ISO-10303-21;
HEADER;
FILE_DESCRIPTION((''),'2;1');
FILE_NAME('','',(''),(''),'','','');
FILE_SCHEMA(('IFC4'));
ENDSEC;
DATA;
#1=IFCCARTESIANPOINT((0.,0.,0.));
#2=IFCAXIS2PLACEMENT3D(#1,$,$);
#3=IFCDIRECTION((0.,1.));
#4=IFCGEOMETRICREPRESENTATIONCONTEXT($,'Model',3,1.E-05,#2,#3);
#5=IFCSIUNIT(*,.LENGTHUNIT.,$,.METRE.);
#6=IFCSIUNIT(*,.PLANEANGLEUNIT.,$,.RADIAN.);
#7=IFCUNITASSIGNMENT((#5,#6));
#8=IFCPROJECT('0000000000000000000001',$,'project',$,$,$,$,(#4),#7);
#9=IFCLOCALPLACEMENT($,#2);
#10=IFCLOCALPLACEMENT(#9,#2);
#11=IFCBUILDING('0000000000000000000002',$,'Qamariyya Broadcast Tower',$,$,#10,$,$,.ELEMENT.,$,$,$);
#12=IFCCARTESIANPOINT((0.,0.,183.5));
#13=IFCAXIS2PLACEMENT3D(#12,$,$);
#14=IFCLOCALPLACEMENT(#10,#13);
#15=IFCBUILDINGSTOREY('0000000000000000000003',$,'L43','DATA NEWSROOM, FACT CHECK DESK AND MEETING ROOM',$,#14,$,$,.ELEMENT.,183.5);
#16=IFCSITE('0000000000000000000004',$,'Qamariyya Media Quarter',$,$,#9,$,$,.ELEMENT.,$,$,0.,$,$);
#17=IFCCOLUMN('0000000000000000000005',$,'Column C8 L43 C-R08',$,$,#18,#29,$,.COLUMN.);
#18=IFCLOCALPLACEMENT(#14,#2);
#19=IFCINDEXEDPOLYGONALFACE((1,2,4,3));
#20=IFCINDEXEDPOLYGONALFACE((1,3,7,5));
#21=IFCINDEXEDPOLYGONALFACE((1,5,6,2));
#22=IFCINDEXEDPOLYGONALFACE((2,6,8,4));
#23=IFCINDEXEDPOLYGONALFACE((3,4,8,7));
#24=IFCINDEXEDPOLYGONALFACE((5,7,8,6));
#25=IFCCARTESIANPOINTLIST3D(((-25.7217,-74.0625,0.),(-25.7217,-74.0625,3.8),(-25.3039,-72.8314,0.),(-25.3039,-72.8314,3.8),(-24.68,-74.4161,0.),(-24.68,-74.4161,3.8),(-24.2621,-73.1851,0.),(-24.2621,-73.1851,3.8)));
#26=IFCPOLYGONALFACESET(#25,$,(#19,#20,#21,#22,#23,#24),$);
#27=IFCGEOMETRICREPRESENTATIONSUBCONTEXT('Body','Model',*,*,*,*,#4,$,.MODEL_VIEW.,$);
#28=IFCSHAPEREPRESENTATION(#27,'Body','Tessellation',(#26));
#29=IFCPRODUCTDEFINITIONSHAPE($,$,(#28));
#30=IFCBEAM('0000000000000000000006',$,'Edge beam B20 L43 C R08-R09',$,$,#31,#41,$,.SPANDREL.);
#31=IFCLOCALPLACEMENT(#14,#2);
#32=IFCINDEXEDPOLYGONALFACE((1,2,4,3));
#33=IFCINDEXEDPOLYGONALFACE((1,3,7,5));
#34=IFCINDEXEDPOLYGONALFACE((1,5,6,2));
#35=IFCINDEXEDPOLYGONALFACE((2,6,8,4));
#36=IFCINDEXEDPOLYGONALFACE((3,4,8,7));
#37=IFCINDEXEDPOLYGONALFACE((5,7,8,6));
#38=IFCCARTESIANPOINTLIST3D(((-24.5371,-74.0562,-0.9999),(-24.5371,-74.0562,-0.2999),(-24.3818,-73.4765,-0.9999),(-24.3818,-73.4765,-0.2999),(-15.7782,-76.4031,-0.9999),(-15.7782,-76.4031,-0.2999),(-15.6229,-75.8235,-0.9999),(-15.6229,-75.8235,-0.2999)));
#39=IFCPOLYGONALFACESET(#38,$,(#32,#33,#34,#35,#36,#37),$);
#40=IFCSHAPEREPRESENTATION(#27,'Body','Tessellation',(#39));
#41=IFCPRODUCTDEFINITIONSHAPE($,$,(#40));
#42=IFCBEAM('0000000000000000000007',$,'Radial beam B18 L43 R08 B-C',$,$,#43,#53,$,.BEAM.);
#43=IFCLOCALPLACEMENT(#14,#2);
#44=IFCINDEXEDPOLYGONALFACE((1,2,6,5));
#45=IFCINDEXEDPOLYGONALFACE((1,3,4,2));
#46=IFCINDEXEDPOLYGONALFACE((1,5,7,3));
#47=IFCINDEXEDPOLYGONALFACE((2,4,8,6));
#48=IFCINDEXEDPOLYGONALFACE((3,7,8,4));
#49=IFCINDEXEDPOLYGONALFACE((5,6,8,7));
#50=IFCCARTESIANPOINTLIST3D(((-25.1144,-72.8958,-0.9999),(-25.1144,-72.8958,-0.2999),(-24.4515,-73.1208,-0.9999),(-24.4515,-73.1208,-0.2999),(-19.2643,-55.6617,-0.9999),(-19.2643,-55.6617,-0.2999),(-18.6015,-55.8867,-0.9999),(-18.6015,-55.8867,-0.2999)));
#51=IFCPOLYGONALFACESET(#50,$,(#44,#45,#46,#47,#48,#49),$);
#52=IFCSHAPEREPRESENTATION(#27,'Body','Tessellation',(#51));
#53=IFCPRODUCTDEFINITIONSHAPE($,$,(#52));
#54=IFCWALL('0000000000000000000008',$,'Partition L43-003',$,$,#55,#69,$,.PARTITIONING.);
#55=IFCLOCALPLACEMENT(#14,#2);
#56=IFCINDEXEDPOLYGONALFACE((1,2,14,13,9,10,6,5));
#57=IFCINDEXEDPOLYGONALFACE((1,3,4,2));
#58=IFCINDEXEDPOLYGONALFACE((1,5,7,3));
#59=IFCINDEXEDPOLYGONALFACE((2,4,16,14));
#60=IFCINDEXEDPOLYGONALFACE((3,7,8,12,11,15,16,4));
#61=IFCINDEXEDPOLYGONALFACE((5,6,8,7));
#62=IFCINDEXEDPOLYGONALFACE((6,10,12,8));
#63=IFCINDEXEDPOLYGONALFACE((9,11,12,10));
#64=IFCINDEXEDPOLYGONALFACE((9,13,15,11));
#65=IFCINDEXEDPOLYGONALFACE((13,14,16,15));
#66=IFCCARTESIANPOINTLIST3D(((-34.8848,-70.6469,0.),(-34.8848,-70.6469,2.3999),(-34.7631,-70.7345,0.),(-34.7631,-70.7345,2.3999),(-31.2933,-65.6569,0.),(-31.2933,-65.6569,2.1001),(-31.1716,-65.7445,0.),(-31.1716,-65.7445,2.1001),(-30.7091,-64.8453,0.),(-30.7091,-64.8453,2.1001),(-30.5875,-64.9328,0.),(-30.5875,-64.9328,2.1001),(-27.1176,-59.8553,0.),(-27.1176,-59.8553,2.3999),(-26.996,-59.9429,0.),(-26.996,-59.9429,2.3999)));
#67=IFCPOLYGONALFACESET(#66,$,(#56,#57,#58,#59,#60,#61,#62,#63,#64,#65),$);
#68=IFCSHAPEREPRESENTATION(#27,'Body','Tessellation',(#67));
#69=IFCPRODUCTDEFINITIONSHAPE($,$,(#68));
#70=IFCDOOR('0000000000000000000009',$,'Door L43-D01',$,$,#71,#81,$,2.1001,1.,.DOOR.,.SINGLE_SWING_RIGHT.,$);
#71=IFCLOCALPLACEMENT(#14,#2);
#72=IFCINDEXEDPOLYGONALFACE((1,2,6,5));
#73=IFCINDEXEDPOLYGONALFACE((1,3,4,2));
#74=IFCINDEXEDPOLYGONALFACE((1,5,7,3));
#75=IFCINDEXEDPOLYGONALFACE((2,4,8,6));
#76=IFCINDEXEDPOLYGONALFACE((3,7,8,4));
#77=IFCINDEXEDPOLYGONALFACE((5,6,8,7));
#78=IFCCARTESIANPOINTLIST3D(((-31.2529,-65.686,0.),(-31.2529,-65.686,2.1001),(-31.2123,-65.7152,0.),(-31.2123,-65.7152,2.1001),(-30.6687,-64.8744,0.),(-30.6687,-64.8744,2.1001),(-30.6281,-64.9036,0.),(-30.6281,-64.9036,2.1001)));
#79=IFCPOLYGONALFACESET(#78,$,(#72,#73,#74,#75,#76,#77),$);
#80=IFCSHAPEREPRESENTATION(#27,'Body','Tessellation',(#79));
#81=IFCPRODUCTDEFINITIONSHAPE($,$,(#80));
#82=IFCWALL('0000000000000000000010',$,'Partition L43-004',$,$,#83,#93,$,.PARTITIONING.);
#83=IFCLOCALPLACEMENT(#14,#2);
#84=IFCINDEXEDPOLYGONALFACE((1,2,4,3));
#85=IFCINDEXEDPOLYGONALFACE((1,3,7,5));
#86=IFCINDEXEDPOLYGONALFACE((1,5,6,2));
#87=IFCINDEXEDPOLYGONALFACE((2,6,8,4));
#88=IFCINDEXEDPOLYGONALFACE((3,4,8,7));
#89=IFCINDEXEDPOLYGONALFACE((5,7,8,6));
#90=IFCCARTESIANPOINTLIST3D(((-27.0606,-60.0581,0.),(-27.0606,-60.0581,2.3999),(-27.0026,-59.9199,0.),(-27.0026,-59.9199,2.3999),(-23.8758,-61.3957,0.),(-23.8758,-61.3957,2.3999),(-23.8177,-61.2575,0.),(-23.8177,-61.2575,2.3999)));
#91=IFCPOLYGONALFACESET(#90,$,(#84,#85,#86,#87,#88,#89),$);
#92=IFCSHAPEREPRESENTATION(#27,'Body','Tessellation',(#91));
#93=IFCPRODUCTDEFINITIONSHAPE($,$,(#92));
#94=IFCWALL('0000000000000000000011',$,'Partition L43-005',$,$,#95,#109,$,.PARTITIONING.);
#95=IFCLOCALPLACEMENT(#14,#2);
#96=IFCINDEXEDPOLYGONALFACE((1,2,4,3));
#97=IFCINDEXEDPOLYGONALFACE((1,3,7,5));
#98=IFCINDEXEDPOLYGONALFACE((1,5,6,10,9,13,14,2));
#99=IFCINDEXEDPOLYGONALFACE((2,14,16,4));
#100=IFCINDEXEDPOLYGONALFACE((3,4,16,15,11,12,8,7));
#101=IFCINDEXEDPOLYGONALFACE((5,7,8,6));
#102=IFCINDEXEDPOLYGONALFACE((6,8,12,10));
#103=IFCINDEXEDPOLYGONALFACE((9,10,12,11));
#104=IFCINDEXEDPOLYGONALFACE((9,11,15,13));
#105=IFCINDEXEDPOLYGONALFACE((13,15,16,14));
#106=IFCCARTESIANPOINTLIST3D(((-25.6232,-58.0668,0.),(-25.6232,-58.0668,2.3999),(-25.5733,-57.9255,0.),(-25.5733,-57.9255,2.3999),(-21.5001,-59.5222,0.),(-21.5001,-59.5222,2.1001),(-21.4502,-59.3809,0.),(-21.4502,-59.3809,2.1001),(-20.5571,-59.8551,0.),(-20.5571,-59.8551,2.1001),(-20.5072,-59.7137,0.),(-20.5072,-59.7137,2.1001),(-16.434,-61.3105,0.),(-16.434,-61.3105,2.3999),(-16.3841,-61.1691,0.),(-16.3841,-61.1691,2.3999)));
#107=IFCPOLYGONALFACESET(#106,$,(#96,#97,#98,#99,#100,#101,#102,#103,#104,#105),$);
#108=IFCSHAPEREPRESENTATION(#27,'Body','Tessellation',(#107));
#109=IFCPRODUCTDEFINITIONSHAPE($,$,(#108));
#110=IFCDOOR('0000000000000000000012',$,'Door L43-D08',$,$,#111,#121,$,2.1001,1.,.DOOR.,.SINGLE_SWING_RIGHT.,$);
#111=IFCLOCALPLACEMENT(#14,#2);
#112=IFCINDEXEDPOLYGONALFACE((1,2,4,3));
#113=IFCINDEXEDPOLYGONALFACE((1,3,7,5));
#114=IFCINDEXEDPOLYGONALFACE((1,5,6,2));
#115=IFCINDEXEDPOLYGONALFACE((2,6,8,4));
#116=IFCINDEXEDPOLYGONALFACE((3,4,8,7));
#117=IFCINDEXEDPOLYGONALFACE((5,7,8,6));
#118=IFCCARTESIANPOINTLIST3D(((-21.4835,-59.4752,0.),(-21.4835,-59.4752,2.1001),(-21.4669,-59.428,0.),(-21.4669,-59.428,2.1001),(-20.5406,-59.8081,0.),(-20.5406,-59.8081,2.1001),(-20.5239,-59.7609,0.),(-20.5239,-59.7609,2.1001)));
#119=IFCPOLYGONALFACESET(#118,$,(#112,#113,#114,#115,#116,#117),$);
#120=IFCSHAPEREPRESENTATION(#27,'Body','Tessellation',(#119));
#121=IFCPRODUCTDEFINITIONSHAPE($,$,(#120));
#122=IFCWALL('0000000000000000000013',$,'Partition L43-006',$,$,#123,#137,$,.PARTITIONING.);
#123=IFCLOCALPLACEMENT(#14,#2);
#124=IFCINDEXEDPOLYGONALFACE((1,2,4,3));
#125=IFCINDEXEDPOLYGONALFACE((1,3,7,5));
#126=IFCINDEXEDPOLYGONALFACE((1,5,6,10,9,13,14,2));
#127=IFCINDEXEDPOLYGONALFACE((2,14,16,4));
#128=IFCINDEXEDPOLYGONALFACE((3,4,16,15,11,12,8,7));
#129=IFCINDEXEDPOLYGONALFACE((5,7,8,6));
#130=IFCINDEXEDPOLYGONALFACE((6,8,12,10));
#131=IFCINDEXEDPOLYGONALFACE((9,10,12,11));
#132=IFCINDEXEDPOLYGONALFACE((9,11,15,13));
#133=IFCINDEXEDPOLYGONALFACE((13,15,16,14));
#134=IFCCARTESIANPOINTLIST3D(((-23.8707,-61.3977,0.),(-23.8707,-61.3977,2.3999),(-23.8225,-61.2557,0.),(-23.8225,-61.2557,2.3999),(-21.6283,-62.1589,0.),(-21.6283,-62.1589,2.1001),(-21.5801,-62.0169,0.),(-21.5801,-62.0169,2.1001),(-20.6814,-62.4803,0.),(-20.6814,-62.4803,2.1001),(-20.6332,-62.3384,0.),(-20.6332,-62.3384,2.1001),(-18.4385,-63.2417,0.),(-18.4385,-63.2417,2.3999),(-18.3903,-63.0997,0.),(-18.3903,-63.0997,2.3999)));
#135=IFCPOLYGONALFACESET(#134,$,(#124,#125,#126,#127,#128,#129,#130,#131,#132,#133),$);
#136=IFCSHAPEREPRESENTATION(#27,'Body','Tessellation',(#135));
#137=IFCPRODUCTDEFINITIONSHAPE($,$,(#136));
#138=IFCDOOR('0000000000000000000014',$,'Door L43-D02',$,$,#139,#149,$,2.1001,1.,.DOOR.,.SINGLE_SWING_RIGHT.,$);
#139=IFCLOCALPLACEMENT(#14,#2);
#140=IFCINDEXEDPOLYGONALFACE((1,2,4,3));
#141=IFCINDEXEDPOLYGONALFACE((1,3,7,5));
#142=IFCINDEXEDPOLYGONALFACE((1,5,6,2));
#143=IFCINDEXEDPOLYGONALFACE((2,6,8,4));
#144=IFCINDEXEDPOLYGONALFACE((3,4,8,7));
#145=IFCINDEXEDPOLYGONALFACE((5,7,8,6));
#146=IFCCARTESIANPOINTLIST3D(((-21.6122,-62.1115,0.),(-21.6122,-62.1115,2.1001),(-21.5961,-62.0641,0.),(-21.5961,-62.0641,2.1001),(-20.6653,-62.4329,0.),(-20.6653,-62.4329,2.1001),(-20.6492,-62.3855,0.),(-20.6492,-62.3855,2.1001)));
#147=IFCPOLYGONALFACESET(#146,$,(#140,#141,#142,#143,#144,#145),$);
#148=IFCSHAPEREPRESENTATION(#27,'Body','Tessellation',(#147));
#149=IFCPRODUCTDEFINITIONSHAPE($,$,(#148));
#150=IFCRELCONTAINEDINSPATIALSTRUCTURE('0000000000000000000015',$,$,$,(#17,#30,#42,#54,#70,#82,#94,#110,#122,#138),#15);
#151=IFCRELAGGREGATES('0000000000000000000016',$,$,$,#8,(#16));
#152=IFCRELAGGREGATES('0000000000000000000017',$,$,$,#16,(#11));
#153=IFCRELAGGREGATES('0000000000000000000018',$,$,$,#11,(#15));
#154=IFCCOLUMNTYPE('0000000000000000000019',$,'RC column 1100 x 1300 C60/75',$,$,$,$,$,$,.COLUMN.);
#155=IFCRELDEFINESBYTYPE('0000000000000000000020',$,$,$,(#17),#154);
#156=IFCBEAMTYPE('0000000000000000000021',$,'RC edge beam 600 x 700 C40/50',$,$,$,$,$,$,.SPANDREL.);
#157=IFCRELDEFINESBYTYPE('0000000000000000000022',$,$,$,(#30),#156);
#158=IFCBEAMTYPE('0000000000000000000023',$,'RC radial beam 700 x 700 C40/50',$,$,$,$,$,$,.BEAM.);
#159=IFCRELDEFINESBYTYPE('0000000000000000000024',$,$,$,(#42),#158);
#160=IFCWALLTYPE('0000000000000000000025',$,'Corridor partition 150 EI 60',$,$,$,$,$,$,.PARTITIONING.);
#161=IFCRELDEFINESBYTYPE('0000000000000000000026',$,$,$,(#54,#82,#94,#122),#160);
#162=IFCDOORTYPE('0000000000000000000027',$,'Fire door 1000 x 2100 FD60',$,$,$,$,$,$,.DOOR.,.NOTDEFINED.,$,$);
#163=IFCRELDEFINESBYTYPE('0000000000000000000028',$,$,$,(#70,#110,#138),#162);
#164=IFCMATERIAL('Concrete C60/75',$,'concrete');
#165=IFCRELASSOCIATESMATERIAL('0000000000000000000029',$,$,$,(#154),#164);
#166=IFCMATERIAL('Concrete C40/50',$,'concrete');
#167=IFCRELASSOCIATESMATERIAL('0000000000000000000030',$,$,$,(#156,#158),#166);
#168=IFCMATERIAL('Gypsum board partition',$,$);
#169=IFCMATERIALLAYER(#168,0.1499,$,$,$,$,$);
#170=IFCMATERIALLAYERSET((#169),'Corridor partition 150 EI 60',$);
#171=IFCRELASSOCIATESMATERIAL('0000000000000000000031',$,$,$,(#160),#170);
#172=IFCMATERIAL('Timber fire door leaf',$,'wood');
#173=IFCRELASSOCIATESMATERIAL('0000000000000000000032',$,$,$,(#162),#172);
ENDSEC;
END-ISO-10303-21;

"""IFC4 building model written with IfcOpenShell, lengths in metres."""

from ifc_helpers import new_model, si_unit, direction, frame, frame_2d, origin, origin_2d, place, context, subcontext, project, spatial, rectangle, extrude, material, layer, layer_set, material_profile, profile_set, type_object, element, fill, save


model = new_model("IFC4")

# Units and contexts
model_context = context("Model", 3, precision=1e-05, world=origin(), true_north=direction((0.0, 1.0)))
body_context = subcontext(model_context, "Body", "Model", "MODEL_VIEW")
ifc_project = project(units=[si_unit("LENGTHUNIT", "METRE"), si_unit("PLANEANGLEUNIT", "RADIAN")], contexts=[model_context])

# Site, building, storey
site_placement = place(None, origin())
site = spatial("IfcSite", under=ifc_project, at=site_placement, Name="Qamariyya Media Quarter", CompositionType="ELEMENT", RefElevation=0.0)
building_placement = place(site_placement, origin())
building = spatial("IfcBuilding", under=site, at=building_placement, Name="Qamariyya Broadcast Tower", CompositionType="ELEMENT")
storey_placement = place(building_placement, frame((0.0, 0.0, 183.5)))
storey = spatial("IfcBuildingStorey", under=building, at=storey_placement, Name="L43", Description="DATA NEWSROOM, FACT CHECK DESK AND MEETING ROOM", CompositionType="ELEMENT", Elevation=183.5)

# Column
ifc_material_1 = material(Name="Concrete C60/75", Category="concrete")
ifc_material_profile_1 = material_profile(ifc_material_1, rectangle(XDim=1.1001, YDim=1.3, at=origin_2d()))
ifc_profile_set_1 = profile_set([ifc_material_profile_1], Name="Concrete C60/75")
column_type = type_object("IfcColumnType", Name="RC column 1100 x 1300 C60/75", PredefinedType="COLUMN", material=ifc_profile_set_1)
column_placement = place(storey_placement, frame((-24.9919, -73.6238, 0.0), z_axis=(0.0, 0.0, 1.0), x_axis=(0.94693, -0.321439, 0.0)))
element("IfcColumn", 1, at=column_placement, inside=storey, type_object=column_type, Name="Column C8 L43 C-R08", PredefinedType="COLUMN", context=body_context, shape_type="SweptSolid", body=[
    extrude(rectangle(XDim=1.1001, YDim=1.3, at=origin_2d()), origin(), (0.0, 0.0, 1.0), 3.8),
])

# Beams
ifc_material_2 = material(Name="Concrete C40/50", Category="concrete")
ifc_material_profile_2 = material_profile(ifc_material_2, rectangle(XDim=0.6001, YDim=0.7, at=origin_2d()))
ifc_profile_set_2 = profile_set([ifc_material_profile_2], Name="Concrete C40/50")
beam_type_1 = type_object("IfcBeamType", Name="RC edge beam 600 x 700 C40/50", PredefinedType="SPANDREL", material=ifc_profile_set_2)
beam_1_placement = place(storey_placement, frame((-24.4595, -73.7664, -0.6499), z_axis=(0.965925, -0.25882, 0.0), x_axis=(0.25882, 0.965925, 0.0)))
element("IfcBeam", 2, at=beam_1_placement, inside=storey, type_object=beam_type_1, Name="Edge beam B20 L43 C R08-R09", PredefinedType="SPANDREL", context=body_context, shape_type="SweptSolid", body=[
    extrude(rectangle(XDim=0.6001, YDim=0.7, at=origin_2d()), origin(), (0.0, 0.0, 1.0), 9.0679),
])
ifc_material_profile_3 = material_profile(ifc_material_2, rectangle(XDim=0.7, YDim=0.7, at=origin_2d()))
ifc_profile_set_3 = profile_set([ifc_material_profile_3], Name="Concrete C40/50")
beam_type_2 = type_object("IfcBeamType", Name="RC radial beam 700 x 700 C40/50", PredefinedType="BEAM", material=ifc_profile_set_3)
beam_2_placement = place(storey_placement, frame((-18.9329, -55.7742, -0.6499), z_axis=(-0.321434, -0.946932, 0.0), x_axis=(0.946932, -0.321434, 0.0)))
element("IfcBeam", 3, at=beam_2_placement, inside=storey, type_object=beam_type_2, Name="Radial beam B18 L43 R08 B-C", PredefinedType="BEAM", context=body_context, shape_type="SweptSolid", body=[
    extrude(rectangle(XDim=0.7, YDim=0.7, at=origin_2d()), origin(), (0.0, 0.0, 1.0), 18.2),
])

# Wall, opening, door
ifc_material_3 = material(Name="Gypsum board partition")
ifc_layer_1 = layer(ifc_material_3, 0.1499)
ifc_layer_set_1 = layer_set([ifc_layer_1], Name="Corridor partition 150 EI 60")
wall_type_1 = type_object("IfcWallType", Name="Corridor partition 150 EI 60", PredefinedType="PARTITIONING", material=ifc_layer_set_1)
wall_1_placement = place(storey_placement, frame((-27.0569, -59.8992, 0.0), z_axis=(0.0, 0.0, 1.0), x_axis=(-0.584166, -0.811634, 0.0)))
wall_1 = element("IfcWall", 4, at=wall_1_placement, inside=storey, type_object=wall_type_1, Name="Partition L43-003", PredefinedType="PARTITIONING", context=body_context, shape_type="SweptSolid", body=[
    extrude(rectangle(XDim=13.2961, YDim=0.1499, at=frame_2d((6.6479, 0.0))), origin(), (0.0, 0.0, 1.0), 2.3999),
])
opening_1_placement = place(wall_1_placement, frame((6.1479, 0.0, 0.0)))
opening_1 = element("IfcOpeningElement", 5, at=opening_1_placement, cuts=wall_1, PredefinedType="OPENING", context=body_context, shape_type="SweptSolid", body=[
    extrude(rectangle(XDim=1.0, YDim=2.1001, at=frame_2d((0.5, 1.05))), frame((0.0, 0.085, 0.0), z_axis=(0.0, -1.0, 0.0), x_axis=(1.0, 0.0, 0.0)), (0.0, 0.0, 1.0), 0.1699),
])
ifc_material_4 = material(Name="Timber fire door leaf", Category="wood")
door_type_1 = type_object("IfcDoorType", Name="Fire door 1000 x 2100 FD60", OperationType="NOTDEFINED", PredefinedType="DOOR", material=ifc_material_4)
door_1_placement = place(opening_1_placement, origin())
door_1 = element("IfcDoor", 6, at=door_1_placement, inside=storey, type_object=door_type_1, Name="Door L43-D01", OperationType="SINGLE_SWING_RIGHT", OverallHeight=2.1001, OverallWidth=1.0, PredefinedType="DOOR", context=body_context, shape_type="SweptSolid", body=[
    extrude(rectangle(XDim=1.0, YDim=2.1001, at=frame_2d((0.5, 1.05))), frame((0.0, 0.0249, 0.0), z_axis=(0.0, -1.0, 0.0), x_axis=(1.0, 0.0, 0.0)), (0.0, 0.0, 1.0), 0.05),
])
fill(opening_1, door_1)

# Wall
wall_2_placement = place(storey_placement, frame((-27.0315, -59.989, 0.0), z_axis=(0.0, 0.0, 1.0), x_axis=(0.92198, -0.387238, 0.0)))
element("IfcWall", 7, at=wall_2_placement, inside=storey, type_object=wall_type_1, Name="Partition L43-004", PredefinedType="PARTITIONING", context=body_context, shape_type="SweptSolid", body=[
    extrude(rectangle(XDim=3.4543, YDim=0.1499, at=frame_2d((1.7271, 0.0))), origin(), (0.0, 0.0, 1.0), 2.3999),
])

# Walls, openings, doors
wall_3_placement = place(storey_placement, frame((-25.5984, -57.9961, 0.0), z_axis=(0.0, 0.0, 1.0), x_axis=(0.942977, -0.332857, 0.0)))
wall_3 = element("IfcWall", 8, at=wall_3_placement, inside=storey, type_object=wall_type_1, Name="Partition L43-005", PredefinedType="PARTITIONING", context=body_context, shape_type="SweptSolid", body=[
    extrude(rectangle(XDim=9.7449, YDim=0.1499, at=frame_2d((4.8726, 0.0))), origin(), (0.0, 0.0, 1.0), 2.3999),
])
opening_2_placement = place(wall_3_placement, frame((4.3726, 0.0, 0.0)))
opening_2 = element("IfcOpeningElement", 9, at=opening_2_placement, cuts=wall_3, PredefinedType="OPENING", context=body_context, shape_type="SweptSolid", body=[
    extrude(rectangle(XDim=1.0, YDim=2.1001, at=frame_2d((0.5, 1.05))), frame((0.0, 0.085, 0.0), z_axis=(0.0, -1.0, 0.0), x_axis=(1.0, 0.0, 0.0)), (0.0, 0.0, 1.0), 0.1699),
])
door_2_placement = place(opening_2_placement, origin())
door_2 = element("IfcDoor", 10, at=door_2_placement, inside=storey, type_object=door_type_1, Name="Door L43-D08", OperationType="SINGLE_SWING_RIGHT", OverallHeight=2.1001, OverallWidth=1.0, PredefinedType="DOOR", context=body_context, shape_type="SweptSolid", body=[
    extrude(rectangle(XDim=1.0, YDim=2.1001, at=frame_2d((0.5, 1.05))), frame((0.0, 0.0249, 0.0), z_axis=(0.0, -1.0, 0.0), x_axis=(1.0, 0.0, 0.0)), (0.0, 0.0, 1.0), 0.05),
])
fill(opening_2, door_2)
wall_4_placement = place(storey_placement, frame((-18.4146, -63.1707, 0.0), z_axis=(0.0, 0.0, 1.0), x_axis=(-0.946928, 0.321445, 0.0)))
wall_4 = element("IfcWall", 11, at=wall_4_placement, inside=storey, type_object=wall_type_1, Name="Partition L43-006", PredefinedType="PARTITIONING", context=body_context, shape_type="SweptSolid", body=[
    extrude(rectangle(XDim=5.7366, YDim=0.1499, at=frame_2d((2.8682, 0.0))), origin(), (0.0, 0.0, 1.0), 2.3999),
])
opening_3_placement = place(wall_4_placement, frame((2.3684, 0.0, 0.0)))
opening_3 = element("IfcOpeningElement", 12, at=opening_3_placement, cuts=wall_4, PredefinedType="OPENING", context=body_context, shape_type="SweptSolid", body=[
    extrude(rectangle(XDim=1.0, YDim=2.1001, at=frame_2d((0.5, 1.05))), frame((0.0, 0.085, 0.0), z_axis=(0.0, -1.0, 0.0), x_axis=(1.0, 0.0, 0.0)), (0.0, 0.0, 1.0), 0.1699),
])
door_3_placement = place(opening_3_placement, origin())
door_3 = element("IfcDoor", 13, at=door_3_placement, inside=storey, type_object=door_type_1, Name="Door L43-D02", OperationType="SINGLE_SWING_RIGHT", OverallHeight=2.1001, OverallWidth=1.0, PredefinedType="DOOR", context=body_context, shape_type="SweptSolid", body=[
    extrude(rectangle(XDim=1.0, YDim=2.1001, at=frame_2d((0.5, 1.05))), frame((0.0, 0.0249, 0.0), z_axis=(0.0, -1.0, 0.0), x_axis=(1.0, 0.0, 0.0)), (0.0, 0.0, 1.0), 0.05),
])
fill(opening_3, door_3)

save(model, "model.ifc")
